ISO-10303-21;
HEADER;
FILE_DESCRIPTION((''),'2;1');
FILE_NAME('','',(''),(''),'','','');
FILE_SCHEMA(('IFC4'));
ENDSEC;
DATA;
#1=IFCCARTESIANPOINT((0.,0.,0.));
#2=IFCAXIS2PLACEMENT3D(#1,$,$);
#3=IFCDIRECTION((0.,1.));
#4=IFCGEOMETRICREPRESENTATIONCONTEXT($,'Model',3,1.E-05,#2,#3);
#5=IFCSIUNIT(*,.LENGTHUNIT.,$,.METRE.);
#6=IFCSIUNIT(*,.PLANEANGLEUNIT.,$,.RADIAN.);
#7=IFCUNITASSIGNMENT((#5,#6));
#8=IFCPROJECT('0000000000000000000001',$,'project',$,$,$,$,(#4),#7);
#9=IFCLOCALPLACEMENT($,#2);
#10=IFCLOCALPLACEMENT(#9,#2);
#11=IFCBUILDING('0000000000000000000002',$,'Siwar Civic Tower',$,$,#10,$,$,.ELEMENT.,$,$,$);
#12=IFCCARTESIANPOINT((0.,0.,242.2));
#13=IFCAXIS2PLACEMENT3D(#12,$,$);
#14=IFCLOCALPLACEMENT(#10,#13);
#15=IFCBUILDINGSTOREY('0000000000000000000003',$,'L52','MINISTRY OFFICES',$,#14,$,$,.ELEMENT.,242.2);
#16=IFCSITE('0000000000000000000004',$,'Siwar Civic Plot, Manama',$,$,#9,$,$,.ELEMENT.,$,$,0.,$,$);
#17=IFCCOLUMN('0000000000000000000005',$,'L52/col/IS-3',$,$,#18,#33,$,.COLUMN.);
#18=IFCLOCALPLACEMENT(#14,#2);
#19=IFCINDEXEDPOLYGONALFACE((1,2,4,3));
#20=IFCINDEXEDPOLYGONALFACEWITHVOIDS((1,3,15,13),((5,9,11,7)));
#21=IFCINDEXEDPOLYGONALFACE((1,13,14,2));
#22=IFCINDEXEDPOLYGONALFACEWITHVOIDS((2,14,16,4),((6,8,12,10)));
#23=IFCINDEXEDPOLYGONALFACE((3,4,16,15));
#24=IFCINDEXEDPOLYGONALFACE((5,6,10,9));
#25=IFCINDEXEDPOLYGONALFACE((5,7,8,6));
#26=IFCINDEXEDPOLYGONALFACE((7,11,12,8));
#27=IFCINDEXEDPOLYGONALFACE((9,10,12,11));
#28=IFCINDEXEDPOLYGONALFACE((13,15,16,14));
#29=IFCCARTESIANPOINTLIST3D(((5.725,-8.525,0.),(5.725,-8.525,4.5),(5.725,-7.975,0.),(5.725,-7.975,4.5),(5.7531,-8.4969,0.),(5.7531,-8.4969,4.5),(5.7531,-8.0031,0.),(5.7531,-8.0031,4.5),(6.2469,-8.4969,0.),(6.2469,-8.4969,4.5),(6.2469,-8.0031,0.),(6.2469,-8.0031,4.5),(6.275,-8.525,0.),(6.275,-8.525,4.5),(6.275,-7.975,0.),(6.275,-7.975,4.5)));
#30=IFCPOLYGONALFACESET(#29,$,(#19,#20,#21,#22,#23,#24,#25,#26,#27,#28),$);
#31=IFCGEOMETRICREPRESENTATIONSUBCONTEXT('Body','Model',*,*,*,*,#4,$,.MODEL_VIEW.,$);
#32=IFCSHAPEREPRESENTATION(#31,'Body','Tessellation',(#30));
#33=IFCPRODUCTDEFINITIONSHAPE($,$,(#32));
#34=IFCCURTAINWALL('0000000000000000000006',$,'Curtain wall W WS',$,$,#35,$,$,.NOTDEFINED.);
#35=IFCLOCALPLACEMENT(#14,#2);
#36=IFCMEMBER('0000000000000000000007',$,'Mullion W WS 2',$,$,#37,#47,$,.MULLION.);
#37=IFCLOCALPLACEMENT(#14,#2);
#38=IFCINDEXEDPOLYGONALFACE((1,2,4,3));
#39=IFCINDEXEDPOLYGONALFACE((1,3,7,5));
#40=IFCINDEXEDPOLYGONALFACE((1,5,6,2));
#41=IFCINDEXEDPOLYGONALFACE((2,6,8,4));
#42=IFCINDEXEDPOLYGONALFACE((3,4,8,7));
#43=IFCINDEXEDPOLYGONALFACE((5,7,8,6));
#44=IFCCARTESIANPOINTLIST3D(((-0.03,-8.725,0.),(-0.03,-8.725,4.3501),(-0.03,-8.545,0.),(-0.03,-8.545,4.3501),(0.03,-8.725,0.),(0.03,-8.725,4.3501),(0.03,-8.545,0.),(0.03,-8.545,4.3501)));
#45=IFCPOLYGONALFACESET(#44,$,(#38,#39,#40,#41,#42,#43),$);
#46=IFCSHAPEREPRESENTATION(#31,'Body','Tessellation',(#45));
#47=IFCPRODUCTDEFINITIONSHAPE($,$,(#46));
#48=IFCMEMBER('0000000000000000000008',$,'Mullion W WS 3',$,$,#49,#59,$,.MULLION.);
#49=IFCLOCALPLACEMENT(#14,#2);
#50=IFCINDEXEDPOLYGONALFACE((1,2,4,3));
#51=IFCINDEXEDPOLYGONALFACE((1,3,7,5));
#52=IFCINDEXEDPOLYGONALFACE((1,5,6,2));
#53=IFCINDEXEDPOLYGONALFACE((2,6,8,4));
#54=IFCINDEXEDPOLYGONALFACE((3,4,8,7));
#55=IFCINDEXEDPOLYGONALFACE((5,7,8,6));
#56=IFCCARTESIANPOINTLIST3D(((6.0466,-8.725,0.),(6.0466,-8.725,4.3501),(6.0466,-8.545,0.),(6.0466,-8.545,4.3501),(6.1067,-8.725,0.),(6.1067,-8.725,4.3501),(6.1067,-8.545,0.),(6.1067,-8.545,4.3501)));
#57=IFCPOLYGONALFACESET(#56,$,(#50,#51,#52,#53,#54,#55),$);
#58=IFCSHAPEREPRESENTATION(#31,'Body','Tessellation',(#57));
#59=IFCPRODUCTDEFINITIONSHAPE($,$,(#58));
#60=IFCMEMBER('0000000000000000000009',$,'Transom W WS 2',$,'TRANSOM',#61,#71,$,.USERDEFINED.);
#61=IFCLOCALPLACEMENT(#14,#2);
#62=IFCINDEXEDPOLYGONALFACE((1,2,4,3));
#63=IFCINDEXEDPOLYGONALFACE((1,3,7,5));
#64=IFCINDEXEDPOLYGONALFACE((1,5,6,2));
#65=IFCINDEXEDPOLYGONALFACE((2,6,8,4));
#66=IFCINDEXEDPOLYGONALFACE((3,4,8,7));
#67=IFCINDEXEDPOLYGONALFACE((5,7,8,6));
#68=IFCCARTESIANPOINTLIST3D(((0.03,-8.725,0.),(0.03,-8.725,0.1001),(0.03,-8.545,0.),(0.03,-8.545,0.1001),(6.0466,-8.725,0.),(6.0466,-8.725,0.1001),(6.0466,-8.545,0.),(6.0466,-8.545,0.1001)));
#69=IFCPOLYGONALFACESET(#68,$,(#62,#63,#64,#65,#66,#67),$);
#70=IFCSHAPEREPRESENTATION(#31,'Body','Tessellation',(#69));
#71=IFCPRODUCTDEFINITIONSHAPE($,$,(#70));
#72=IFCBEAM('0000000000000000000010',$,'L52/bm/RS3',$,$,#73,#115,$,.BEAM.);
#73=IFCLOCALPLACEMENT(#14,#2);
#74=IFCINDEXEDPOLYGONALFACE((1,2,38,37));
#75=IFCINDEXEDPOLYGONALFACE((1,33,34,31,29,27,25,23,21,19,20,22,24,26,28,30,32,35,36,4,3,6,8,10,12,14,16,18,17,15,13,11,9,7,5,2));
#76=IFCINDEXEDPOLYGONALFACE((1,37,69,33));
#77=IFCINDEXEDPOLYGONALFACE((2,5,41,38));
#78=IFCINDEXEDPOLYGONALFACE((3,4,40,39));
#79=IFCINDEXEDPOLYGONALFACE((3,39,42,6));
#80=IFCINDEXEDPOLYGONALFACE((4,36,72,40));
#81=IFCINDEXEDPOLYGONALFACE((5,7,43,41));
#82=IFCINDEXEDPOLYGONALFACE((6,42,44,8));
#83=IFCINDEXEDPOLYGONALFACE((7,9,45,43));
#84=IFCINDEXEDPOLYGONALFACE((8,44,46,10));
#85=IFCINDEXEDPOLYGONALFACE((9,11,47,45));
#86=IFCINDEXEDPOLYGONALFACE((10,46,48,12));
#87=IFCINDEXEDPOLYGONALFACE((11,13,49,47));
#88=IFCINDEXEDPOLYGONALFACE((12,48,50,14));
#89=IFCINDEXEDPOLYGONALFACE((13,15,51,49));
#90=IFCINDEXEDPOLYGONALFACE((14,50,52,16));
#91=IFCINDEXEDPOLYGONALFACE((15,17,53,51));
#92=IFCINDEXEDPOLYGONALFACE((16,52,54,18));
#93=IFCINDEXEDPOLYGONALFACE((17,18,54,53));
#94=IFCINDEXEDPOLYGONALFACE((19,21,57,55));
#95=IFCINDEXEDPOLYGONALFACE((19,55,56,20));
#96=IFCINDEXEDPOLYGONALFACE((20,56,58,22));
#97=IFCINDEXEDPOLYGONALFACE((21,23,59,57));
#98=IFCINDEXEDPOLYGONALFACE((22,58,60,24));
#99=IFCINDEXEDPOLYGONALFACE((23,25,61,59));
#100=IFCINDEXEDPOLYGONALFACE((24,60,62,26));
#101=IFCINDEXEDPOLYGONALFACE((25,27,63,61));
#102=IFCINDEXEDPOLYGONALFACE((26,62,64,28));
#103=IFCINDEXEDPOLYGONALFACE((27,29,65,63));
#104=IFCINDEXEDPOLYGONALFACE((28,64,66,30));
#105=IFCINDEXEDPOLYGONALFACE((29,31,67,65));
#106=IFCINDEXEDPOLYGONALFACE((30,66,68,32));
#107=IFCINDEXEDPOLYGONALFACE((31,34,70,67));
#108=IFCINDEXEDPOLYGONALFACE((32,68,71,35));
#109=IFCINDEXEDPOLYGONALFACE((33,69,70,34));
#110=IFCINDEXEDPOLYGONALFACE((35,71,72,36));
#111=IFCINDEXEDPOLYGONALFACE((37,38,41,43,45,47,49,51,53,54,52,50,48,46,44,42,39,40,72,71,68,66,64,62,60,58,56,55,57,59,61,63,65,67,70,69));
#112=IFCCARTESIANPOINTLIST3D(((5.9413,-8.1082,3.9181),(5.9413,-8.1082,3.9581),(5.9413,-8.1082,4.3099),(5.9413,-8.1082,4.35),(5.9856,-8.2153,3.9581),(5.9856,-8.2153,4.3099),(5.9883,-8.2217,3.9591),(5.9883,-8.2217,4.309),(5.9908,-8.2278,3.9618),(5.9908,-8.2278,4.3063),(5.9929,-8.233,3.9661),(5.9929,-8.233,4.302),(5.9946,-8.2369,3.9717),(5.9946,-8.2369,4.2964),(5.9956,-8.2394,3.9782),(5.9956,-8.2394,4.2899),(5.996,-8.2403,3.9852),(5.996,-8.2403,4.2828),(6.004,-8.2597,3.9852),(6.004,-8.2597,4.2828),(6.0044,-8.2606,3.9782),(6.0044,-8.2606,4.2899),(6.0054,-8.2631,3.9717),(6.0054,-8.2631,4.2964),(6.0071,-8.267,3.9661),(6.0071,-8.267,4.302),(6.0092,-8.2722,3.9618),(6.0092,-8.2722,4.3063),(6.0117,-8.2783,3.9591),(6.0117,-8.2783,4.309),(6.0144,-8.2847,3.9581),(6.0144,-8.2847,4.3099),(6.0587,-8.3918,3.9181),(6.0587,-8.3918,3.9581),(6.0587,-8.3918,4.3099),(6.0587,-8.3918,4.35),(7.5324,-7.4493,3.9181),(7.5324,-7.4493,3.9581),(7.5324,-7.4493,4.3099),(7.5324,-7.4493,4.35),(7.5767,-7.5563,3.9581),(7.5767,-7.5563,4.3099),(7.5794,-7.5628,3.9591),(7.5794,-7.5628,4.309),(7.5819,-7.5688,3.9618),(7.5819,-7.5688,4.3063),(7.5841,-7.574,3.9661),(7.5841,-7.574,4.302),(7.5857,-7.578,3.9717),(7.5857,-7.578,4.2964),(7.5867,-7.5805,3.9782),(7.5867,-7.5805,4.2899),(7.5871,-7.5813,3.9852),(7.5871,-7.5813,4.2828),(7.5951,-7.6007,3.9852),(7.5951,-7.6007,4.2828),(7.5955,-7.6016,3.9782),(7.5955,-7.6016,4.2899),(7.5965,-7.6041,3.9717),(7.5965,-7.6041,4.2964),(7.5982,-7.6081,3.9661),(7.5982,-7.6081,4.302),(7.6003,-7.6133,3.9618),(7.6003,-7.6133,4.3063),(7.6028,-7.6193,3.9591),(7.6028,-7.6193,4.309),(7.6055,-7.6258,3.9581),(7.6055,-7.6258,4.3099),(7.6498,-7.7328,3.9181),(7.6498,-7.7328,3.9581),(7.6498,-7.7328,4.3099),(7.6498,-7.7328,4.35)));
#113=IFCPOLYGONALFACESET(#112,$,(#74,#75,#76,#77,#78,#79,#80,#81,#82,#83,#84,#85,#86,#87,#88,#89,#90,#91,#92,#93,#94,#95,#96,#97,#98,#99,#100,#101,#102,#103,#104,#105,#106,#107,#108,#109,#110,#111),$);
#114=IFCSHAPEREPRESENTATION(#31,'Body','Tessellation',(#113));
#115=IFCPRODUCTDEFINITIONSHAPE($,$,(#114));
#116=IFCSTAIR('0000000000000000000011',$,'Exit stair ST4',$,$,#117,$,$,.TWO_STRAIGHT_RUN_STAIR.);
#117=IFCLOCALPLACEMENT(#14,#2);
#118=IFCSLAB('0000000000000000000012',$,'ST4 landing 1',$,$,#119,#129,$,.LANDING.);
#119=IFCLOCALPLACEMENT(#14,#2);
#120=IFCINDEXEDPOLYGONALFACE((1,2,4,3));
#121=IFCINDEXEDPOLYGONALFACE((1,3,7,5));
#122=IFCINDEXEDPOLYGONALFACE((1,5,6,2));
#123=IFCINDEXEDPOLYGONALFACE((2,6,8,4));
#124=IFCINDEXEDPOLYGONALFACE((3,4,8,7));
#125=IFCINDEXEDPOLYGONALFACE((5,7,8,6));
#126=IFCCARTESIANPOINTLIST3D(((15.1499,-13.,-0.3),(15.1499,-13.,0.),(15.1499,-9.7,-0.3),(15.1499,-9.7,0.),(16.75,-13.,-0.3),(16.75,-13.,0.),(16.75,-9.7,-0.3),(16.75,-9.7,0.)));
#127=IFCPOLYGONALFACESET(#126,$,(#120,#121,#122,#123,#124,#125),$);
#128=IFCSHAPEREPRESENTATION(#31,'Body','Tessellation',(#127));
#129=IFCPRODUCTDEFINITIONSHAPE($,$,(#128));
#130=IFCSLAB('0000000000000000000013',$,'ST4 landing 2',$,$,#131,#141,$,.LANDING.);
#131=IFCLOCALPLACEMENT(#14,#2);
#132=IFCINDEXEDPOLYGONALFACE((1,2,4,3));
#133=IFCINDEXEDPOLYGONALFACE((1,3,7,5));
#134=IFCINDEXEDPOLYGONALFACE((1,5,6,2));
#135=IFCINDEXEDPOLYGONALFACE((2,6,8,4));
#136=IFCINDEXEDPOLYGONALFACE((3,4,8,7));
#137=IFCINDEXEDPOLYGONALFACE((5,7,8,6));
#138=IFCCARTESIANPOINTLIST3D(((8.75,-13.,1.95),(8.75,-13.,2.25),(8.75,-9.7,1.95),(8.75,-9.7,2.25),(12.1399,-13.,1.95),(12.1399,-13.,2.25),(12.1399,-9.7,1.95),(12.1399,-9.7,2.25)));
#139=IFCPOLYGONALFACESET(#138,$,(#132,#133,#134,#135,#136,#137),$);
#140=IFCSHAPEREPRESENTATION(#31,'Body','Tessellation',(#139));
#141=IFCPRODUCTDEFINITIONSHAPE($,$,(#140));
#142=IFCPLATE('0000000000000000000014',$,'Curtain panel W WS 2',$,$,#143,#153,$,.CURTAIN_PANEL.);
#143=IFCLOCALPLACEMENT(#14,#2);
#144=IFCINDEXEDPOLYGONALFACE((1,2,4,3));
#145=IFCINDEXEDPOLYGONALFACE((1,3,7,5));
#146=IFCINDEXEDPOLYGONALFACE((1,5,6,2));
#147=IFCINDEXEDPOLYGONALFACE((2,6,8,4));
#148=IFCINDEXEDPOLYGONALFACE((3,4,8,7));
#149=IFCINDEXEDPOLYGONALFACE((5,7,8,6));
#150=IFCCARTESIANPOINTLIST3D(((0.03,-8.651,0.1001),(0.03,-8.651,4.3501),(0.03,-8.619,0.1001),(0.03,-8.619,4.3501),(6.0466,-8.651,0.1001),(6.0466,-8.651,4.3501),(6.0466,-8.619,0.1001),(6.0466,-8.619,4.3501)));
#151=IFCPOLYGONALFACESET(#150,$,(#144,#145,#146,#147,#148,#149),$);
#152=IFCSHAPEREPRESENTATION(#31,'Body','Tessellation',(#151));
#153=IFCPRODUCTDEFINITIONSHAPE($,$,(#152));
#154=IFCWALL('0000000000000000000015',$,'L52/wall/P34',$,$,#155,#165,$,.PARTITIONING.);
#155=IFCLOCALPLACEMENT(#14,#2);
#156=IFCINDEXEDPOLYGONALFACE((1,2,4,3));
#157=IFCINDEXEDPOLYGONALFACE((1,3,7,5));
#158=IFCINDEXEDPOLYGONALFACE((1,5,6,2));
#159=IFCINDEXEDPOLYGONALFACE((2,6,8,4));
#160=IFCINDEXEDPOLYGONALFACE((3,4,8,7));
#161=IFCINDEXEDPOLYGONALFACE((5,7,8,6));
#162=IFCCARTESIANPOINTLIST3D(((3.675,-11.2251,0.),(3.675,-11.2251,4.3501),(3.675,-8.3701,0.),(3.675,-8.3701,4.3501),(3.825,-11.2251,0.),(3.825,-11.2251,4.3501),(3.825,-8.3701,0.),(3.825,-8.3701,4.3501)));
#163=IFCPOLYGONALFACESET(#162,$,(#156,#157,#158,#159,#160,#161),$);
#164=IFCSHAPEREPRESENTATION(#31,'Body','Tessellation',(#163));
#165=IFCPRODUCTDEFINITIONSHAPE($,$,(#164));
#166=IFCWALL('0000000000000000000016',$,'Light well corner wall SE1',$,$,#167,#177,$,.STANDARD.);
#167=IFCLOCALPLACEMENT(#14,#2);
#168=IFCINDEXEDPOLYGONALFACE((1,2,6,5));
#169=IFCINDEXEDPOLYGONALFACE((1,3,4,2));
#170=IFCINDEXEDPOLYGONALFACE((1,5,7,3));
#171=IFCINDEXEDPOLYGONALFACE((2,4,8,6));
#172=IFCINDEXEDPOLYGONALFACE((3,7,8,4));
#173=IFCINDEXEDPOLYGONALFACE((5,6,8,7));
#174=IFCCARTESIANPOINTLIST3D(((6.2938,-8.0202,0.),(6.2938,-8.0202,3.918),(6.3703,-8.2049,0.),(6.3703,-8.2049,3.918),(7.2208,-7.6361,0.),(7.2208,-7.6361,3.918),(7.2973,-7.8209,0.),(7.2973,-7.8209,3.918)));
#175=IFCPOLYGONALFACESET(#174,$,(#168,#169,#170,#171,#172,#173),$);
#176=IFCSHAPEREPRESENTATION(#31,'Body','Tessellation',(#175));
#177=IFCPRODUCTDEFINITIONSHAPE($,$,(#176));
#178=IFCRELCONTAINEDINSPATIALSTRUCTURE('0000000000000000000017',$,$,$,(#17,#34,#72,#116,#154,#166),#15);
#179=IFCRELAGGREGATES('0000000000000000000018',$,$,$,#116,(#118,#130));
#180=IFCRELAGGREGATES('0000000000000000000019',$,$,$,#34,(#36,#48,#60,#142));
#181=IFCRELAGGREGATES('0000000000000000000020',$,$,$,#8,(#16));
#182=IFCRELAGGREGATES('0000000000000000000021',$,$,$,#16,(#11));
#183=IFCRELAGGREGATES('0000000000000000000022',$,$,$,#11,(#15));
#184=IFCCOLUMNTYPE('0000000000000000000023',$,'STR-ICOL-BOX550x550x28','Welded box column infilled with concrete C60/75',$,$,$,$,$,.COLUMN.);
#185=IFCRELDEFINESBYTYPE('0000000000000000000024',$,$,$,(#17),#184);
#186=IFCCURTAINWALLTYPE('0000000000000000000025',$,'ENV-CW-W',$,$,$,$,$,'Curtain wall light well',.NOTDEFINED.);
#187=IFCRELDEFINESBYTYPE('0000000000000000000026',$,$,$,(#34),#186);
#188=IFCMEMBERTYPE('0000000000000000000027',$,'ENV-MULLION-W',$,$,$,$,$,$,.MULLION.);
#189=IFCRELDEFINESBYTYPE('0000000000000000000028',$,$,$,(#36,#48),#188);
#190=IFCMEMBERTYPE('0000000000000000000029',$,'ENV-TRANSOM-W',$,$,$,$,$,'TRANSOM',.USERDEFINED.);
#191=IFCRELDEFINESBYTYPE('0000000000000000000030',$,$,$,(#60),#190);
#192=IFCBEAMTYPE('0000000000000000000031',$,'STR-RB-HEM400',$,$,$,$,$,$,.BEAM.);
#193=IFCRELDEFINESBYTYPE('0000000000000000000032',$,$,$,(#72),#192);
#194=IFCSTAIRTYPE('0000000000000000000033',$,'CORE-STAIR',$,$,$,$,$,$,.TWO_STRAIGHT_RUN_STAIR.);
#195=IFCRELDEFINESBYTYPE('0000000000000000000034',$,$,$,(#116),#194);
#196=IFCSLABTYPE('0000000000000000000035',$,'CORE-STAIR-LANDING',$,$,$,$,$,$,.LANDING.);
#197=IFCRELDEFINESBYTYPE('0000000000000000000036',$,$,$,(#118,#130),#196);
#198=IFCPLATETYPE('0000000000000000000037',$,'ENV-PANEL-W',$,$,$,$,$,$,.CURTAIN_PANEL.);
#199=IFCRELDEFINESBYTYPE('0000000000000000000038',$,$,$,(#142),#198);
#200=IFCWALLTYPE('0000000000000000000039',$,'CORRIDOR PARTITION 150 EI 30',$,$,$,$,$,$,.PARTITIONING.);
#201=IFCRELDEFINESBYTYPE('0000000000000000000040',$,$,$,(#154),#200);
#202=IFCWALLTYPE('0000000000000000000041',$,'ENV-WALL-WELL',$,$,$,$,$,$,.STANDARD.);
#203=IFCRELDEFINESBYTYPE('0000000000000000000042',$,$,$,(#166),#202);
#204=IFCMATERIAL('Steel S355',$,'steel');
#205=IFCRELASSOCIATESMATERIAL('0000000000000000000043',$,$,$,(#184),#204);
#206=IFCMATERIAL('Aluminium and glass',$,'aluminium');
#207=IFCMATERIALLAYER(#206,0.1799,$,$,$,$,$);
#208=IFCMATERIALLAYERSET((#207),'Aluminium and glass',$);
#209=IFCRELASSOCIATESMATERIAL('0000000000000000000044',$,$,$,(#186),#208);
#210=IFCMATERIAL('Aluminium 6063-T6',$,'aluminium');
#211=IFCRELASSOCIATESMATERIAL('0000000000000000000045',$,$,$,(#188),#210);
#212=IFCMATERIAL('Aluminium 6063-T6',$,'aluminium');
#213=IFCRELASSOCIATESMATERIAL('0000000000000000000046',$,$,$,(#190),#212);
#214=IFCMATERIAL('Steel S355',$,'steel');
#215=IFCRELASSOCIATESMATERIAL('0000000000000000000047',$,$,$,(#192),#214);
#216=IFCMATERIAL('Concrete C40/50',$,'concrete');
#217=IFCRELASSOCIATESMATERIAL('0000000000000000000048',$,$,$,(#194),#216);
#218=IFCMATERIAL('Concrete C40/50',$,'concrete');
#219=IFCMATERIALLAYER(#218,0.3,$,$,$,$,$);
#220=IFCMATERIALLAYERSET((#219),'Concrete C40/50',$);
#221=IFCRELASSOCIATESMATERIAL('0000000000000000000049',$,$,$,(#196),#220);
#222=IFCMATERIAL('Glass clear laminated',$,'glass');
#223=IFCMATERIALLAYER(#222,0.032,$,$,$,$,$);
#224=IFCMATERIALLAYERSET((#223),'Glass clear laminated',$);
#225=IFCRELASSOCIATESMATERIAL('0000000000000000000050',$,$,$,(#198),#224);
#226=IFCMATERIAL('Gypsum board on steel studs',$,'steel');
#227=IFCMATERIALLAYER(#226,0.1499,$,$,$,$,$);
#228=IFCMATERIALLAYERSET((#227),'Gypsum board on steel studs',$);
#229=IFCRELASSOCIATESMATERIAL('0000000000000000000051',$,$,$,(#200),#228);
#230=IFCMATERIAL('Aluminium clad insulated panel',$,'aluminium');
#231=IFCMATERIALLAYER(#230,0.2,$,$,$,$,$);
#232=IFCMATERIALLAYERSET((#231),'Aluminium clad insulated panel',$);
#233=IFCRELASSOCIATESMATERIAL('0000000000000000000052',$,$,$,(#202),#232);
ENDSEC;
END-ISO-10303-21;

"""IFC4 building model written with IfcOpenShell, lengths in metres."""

from ifc_helpers import new_model, si_unit, direction, frame, frame_2d, origin, origin_2d, place, context, subcontext, project, spatial, polyline, rectangle, hollow_rectangle, i_section, outline, extrude, material, layer, layer_set, material_profile, profile_set, type_object, element, aggregate, save


model = new_model("IFC4")

# Units and contexts
model_context = context("Model", 3, precision=1e-05, world=origin(), true_north=direction((0.0, 1.0)))
body_context = subcontext(model_context, "Body", "Model", "MODEL_VIEW")
ifc_project = project(units=[si_unit("LENGTHUNIT", "METRE"), si_unit("PLANEANGLEUNIT", "RADIAN")], contexts=[model_context])

# Site, building, storey
site_placement = place(None, origin())
site = spatial("IfcSite", under=ifc_project, at=site_placement, Name="Siwar Civic Plot, Manama", CompositionType="ELEMENT", RefElevation=0.0)
building_placement = place(site_placement, origin())
building = spatial("IfcBuilding", under=site, at=building_placement, Name="Siwar Civic Tower", CompositionType="ELEMENT")
storey_placement = place(building_placement, frame((0.0, 0.0, 242.2)))
storey = spatial("IfcBuildingStorey", under=building, at=storey_placement, Name="L52", Description="MINISTRY OFFICES", CompositionType="ELEMENT", Elevation=242.2)

# Column
ifc_material_1 = material(Name="Steel S355", Category="steel")
ifc_material_profile_1 = material_profile(ifc_material_1, hollow_rectangle(XDim=0.55, YDim=0.55, WallThickness=0.0281, at=origin_2d()), Name="BOX550x550x28")
ifc_profile_set_1 = profile_set([ifc_material_profile_1], Name="Steel S355")
column_type = type_object("IfcColumnType", Name="STR-ICOL-BOX550x550x28", Description="Welded box column infilled with concrete C60/75", PredefinedType="COLUMN", material=ifc_profile_set_1)
column_placement = place(storey_placement, frame((6.0, -8.25, 0.0), z_axis=(0.0, 0.0, 1.0), x_axis=(1.0, 0.0, 0.0)))
element("IfcColumn", 1, at=column_placement, inside=storey, type_object=column_type, Name="L52/col/IS-3", PredefinedType="COLUMN", context=body_context, shape_type="SweptSolid", body=[
    extrude(hollow_rectangle(XDim=0.55, YDim=0.55, WallThickness=0.0281, at=origin_2d()), origin(), (0.0, 0.0, 1.0), 4.5),
])

# Curtain wall, members
ifc_material_2 = material(Name="Aluminium and glass", Category="aluminium")
ifc_layer_1 = layer(ifc_material_2, 0.1799)
ifc_layer_set_1 = layer_set([ifc_layer_1], Name="Aluminium and glass")
curtain_wall_type = type_object("IfcCurtainWallType", Name="ENV-CW-W", ElementType="Curtain wall light well", PredefinedType="NOTDEFINED", material=ifc_layer_set_1)
curtain_wall_placement = place(storey_placement, origin())
curtain_wall = element("IfcCurtainWall", 2, at=curtain_wall_placement, inside=storey, type_object=curtain_wall_type, Name="Curtain wall W WS", PredefinedType="NOTDEFINED")
ifc_material_3 = material(Name="Aluminium 6063-T6", Category="aluminium")
ifc_material_profile_2 = material_profile(ifc_material_3, rectangle(XDim=0.1799, YDim=0.0601, at=origin_2d()), Name="AL 180x60")
ifc_profile_set_2 = profile_set([ifc_material_profile_2], Name="Aluminium 6063-T6")
member_type_1 = type_object("IfcMemberType", Name="ENV-MULLION-W", PredefinedType="MULLION", material=ifc_profile_set_2)
member_1_placement = place(storey_placement, frame((0.0, -8.635, 0.0), z_axis=(0.0, 0.0, 1.0), x_axis=(0.0, 1.0, 0.0)))
member_1 = element("IfcMember", 3, at=member_1_placement, type_object=member_type_1, Name="Mullion W WS 2", PredefinedType="MULLION", context=body_context, shape_type="SweptSolid", body=[
    extrude(rectangle(XDim=0.1799, YDim=0.0601, at=origin_2d()), origin(), (0.0, 0.0, 1.0), 4.3501),
])
member_2_placement = place(storey_placement, frame((6.0767, -8.635, 0.0), z_axis=(0.0, 0.0, 1.0), x_axis=(0.0, 1.0, 0.0)))
member_2 = element("IfcMember", 4, at=member_2_placement, type_object=member_type_1, Name="Mullion W WS 3", PredefinedType="MULLION", context=body_context, shape_type="SweptSolid", body=[
    extrude(rectangle(XDim=0.1799, YDim=0.0601, at=origin_2d()), origin(), (0.0, 0.0, 1.0), 4.3501),
])
ifc_material_4 = material(Name="Aluminium 6063-T6", Category="aluminium")
ifc_material_profile_3 = material_profile(ifc_material_4, rectangle(XDim=0.1799, YDim=0.1001, at=origin_2d()), Name="AL 180x100")
ifc_profile_set_3 = profile_set([ifc_material_profile_3], Name="Aluminium 6063-T6")
member_type_2 = type_object("IfcMemberType", Name="ENV-TRANSOM-W", ElementType="TRANSOM", PredefinedType="USERDEFINED", material=ifc_profile_set_3)
member_3_placement = place(storey_placement, frame((0.03, -8.635, 0.05), z_axis=(1.0, 0.0, 0.0), x_axis=(0.0, 1.0, 0.0)))
member_3 = element("IfcMember", 5, at=member_3_placement, type_object=member_type_2, Name="Transom W WS 2", ObjectType="TRANSOM", PredefinedType="USERDEFINED", context=body_context, shape_type="SweptSolid", body=[
    extrude(rectangle(XDim=0.1799, YDim=0.1001, at=origin_2d()), origin(), (0.0, 0.0, 1.0), 6.0166),
])

# Beam
ifc_material_5 = material(Name="Steel S355", Category="steel")
ifc_material_profile_4 = material_profile(ifc_material_5, i_section(OverallWidth=0.3069, OverallDepth=0.4319, WebThickness=0.021, FlangeThickness=0.04, FilletRadius=0.0271, at=origin_2d()), Name="HEM400")
ifc_profile_set_4 = profile_set([ifc_material_profile_4], Name="Steel S355")
beam_type = type_object("IfcBeamType", Name="STR-RB-HEM400", PredefinedType="BEAM", material=ifc_profile_set_4)
beam_placement = place(storey_placement, frame((6.0, -8.25, 4.134), z_axis=(0.923901, 0.382631, 0.0), x_axis=(-0.382631, 0.923901, 0.0)))
element("IfcBeam", 6, at=beam_placement, inside=storey, type_object=beam_type, Name="L52/bm/RS3", PredefinedType="BEAM", context=body_context, shape_type="SweptSolid", body=[
    extrude(i_section(OverallWidth=0.3069, OverallDepth=0.4319, WebThickness=0.021, FlangeThickness=0.04, FilletRadius=0.0271, at=origin_2d()), origin(), (0.0, 0.0, 1.0), 1.7222),
])

# Stair, slabs
ifc_material_6 = material(Name="Concrete C40/50", Category="concrete")
stair_type = type_object("IfcStairType", Name="CORE-STAIR", PredefinedType="TWO_STRAIGHT_RUN_STAIR", material=ifc_material_6)
stair_placement = place(storey_placement, origin())
stair = element("IfcStair", 7, at=stair_placement, inside=storey, type_object=stair_type, Name="Exit stair ST4", PredefinedType="TWO_STRAIGHT_RUN_STAIR")
ifc_material_7 = material(Name="Concrete C40/50", Category="concrete")
ifc_layer_2 = layer(ifc_material_7, 0.3)
ifc_layer_set_2 = layer_set([ifc_layer_2], Name="Concrete C40/50")
slab_type_1 = type_object("IfcSlabType", Name="CORE-STAIR-LANDING", PredefinedType="LANDING", material=ifc_layer_set_2)
slab_1_placement = place(storey_placement, frame((0.0, 0.0, -0.3)))
slab_1 = element("IfcSlab", 8, at=slab_1_placement, type_object=slab_type_1, Name="ST4 landing 1", PredefinedType="LANDING", context=body_context, shape_type="SweptSolid", body=[
    extrude(outline(polyline([(15.1499, -13.0), (16.75, -13.0), (16.75, -9.7), (15.1499, -9.7), (15.1499, -13.0)])), origin(), (0.0, 0.0, 1.0), 0.3),
])
slab_2_placement = place(storey_placement, frame((0.0, 0.0, 1.95)))
slab_2 = element("IfcSlab", 9, at=slab_2_placement, type_object=slab_type_1, Name="ST4 landing 2", PredefinedType="LANDING", context=body_context, shape_type="SweptSolid", body=[
    extrude(outline(polyline([(8.75, -13.0), (12.1399, -13.0), (12.1399, -9.7), (8.75, -9.7), (8.75, -13.0)])), origin(), (0.0, 0.0, 1.0), 0.3),
])
aggregate(stair, [slab_1, slab_2])

# Plate
ifc_material_8 = material(Name="Glass clear laminated", Category="glass")
ifc_layer_3 = layer(ifc_material_8, 0.032)
ifc_layer_set_3 = layer_set([ifc_layer_3], Name="Glass clear laminated")
plate_type = type_object("IfcPlateType", Name="ENV-PANEL-W", PredefinedType="CURTAIN_PANEL", material=ifc_layer_set_3)
plate_placement = place(storey_placement, frame((3.0383, -8.635, 0.1001), z_axis=(0.0, 0.0, 1.0), x_axis=(1.0, 0.0, 0.0)))
plate = element("IfcPlate", 10, at=plate_placement, type_object=plate_type, Name="Curtain panel W WS 2", PredefinedType="CURTAIN_PANEL", context=body_context, shape_type="SweptSolid", body=[
    extrude(rectangle(XDim=6.0166, YDim=0.032, at=origin_2d()), origin(), (0.0, 0.0, 1.0), 4.25),
])
aggregate(curtain_wall, [member_1, member_2, member_3, plate])

# Walls
ifc_material_9 = material(Name="Gypsum board on steel studs", Category="steel")
ifc_layer_4 = layer(ifc_material_9, 0.1499)
ifc_layer_set_4 = layer_set([ifc_layer_4], Name="Gypsum board on steel studs")
wall_type_1 = type_object("IfcWallType", Name="CORRIDOR PARTITION 150 EI 30", PredefinedType="PARTITIONING", material=ifc_layer_set_4)
wall_1_placement = place(storey_placement, frame((3.75, -11.2251, 0.0), z_axis=(0.0, 0.0, 1.0), x_axis=(0.0, 1.0, 0.0)))
element("IfcWall", 11, at=wall_1_placement, inside=storey, type_object=wall_type_1, Name="L52/wall/P34", PredefinedType="PARTITIONING", context=body_context, shape_type="SweptSolid", body=[
    extrude(rectangle(XDim=2.855, YDim=0.1499, at=frame_2d((1.4275, 0.0))), origin(), (0.0, 0.0, 1.0), 4.3501),
])
ifc_material_10 = material(Name="Aluminium clad insulated panel", Category="aluminium")
ifc_layer_5 = layer(ifc_material_10, 0.2)
ifc_layer_set_5 = layer_set([ifc_layer_5], Name="Aluminium clad insulated panel")
wall_type_2 = type_object("IfcWallType", Name="ENV-WALL-WELL", PredefinedType="STANDARD", material=ifc_layer_set_5)
wall_2_placement = place(storey_placement, frame((6.332, -8.1125, 0.0), z_axis=(0.0, 0.0, 1.0), x_axis=(0.92386, 0.382731, 0.0)))
element("IfcWall", 12, at=wall_2_placement, inside=storey, type_object=wall_type_2, Name="Light well corner wall SE1", PredefinedType="STANDARD", context=body_context, shape_type="SweptSolid", body=[
    extrude(rectangle(XDim=1.0034, YDim=0.2, at=frame_2d((0.5017, 0.0))), origin(), (0.0, 0.0, 1.0), 3.918),
])

save(model, "model.ifc")
